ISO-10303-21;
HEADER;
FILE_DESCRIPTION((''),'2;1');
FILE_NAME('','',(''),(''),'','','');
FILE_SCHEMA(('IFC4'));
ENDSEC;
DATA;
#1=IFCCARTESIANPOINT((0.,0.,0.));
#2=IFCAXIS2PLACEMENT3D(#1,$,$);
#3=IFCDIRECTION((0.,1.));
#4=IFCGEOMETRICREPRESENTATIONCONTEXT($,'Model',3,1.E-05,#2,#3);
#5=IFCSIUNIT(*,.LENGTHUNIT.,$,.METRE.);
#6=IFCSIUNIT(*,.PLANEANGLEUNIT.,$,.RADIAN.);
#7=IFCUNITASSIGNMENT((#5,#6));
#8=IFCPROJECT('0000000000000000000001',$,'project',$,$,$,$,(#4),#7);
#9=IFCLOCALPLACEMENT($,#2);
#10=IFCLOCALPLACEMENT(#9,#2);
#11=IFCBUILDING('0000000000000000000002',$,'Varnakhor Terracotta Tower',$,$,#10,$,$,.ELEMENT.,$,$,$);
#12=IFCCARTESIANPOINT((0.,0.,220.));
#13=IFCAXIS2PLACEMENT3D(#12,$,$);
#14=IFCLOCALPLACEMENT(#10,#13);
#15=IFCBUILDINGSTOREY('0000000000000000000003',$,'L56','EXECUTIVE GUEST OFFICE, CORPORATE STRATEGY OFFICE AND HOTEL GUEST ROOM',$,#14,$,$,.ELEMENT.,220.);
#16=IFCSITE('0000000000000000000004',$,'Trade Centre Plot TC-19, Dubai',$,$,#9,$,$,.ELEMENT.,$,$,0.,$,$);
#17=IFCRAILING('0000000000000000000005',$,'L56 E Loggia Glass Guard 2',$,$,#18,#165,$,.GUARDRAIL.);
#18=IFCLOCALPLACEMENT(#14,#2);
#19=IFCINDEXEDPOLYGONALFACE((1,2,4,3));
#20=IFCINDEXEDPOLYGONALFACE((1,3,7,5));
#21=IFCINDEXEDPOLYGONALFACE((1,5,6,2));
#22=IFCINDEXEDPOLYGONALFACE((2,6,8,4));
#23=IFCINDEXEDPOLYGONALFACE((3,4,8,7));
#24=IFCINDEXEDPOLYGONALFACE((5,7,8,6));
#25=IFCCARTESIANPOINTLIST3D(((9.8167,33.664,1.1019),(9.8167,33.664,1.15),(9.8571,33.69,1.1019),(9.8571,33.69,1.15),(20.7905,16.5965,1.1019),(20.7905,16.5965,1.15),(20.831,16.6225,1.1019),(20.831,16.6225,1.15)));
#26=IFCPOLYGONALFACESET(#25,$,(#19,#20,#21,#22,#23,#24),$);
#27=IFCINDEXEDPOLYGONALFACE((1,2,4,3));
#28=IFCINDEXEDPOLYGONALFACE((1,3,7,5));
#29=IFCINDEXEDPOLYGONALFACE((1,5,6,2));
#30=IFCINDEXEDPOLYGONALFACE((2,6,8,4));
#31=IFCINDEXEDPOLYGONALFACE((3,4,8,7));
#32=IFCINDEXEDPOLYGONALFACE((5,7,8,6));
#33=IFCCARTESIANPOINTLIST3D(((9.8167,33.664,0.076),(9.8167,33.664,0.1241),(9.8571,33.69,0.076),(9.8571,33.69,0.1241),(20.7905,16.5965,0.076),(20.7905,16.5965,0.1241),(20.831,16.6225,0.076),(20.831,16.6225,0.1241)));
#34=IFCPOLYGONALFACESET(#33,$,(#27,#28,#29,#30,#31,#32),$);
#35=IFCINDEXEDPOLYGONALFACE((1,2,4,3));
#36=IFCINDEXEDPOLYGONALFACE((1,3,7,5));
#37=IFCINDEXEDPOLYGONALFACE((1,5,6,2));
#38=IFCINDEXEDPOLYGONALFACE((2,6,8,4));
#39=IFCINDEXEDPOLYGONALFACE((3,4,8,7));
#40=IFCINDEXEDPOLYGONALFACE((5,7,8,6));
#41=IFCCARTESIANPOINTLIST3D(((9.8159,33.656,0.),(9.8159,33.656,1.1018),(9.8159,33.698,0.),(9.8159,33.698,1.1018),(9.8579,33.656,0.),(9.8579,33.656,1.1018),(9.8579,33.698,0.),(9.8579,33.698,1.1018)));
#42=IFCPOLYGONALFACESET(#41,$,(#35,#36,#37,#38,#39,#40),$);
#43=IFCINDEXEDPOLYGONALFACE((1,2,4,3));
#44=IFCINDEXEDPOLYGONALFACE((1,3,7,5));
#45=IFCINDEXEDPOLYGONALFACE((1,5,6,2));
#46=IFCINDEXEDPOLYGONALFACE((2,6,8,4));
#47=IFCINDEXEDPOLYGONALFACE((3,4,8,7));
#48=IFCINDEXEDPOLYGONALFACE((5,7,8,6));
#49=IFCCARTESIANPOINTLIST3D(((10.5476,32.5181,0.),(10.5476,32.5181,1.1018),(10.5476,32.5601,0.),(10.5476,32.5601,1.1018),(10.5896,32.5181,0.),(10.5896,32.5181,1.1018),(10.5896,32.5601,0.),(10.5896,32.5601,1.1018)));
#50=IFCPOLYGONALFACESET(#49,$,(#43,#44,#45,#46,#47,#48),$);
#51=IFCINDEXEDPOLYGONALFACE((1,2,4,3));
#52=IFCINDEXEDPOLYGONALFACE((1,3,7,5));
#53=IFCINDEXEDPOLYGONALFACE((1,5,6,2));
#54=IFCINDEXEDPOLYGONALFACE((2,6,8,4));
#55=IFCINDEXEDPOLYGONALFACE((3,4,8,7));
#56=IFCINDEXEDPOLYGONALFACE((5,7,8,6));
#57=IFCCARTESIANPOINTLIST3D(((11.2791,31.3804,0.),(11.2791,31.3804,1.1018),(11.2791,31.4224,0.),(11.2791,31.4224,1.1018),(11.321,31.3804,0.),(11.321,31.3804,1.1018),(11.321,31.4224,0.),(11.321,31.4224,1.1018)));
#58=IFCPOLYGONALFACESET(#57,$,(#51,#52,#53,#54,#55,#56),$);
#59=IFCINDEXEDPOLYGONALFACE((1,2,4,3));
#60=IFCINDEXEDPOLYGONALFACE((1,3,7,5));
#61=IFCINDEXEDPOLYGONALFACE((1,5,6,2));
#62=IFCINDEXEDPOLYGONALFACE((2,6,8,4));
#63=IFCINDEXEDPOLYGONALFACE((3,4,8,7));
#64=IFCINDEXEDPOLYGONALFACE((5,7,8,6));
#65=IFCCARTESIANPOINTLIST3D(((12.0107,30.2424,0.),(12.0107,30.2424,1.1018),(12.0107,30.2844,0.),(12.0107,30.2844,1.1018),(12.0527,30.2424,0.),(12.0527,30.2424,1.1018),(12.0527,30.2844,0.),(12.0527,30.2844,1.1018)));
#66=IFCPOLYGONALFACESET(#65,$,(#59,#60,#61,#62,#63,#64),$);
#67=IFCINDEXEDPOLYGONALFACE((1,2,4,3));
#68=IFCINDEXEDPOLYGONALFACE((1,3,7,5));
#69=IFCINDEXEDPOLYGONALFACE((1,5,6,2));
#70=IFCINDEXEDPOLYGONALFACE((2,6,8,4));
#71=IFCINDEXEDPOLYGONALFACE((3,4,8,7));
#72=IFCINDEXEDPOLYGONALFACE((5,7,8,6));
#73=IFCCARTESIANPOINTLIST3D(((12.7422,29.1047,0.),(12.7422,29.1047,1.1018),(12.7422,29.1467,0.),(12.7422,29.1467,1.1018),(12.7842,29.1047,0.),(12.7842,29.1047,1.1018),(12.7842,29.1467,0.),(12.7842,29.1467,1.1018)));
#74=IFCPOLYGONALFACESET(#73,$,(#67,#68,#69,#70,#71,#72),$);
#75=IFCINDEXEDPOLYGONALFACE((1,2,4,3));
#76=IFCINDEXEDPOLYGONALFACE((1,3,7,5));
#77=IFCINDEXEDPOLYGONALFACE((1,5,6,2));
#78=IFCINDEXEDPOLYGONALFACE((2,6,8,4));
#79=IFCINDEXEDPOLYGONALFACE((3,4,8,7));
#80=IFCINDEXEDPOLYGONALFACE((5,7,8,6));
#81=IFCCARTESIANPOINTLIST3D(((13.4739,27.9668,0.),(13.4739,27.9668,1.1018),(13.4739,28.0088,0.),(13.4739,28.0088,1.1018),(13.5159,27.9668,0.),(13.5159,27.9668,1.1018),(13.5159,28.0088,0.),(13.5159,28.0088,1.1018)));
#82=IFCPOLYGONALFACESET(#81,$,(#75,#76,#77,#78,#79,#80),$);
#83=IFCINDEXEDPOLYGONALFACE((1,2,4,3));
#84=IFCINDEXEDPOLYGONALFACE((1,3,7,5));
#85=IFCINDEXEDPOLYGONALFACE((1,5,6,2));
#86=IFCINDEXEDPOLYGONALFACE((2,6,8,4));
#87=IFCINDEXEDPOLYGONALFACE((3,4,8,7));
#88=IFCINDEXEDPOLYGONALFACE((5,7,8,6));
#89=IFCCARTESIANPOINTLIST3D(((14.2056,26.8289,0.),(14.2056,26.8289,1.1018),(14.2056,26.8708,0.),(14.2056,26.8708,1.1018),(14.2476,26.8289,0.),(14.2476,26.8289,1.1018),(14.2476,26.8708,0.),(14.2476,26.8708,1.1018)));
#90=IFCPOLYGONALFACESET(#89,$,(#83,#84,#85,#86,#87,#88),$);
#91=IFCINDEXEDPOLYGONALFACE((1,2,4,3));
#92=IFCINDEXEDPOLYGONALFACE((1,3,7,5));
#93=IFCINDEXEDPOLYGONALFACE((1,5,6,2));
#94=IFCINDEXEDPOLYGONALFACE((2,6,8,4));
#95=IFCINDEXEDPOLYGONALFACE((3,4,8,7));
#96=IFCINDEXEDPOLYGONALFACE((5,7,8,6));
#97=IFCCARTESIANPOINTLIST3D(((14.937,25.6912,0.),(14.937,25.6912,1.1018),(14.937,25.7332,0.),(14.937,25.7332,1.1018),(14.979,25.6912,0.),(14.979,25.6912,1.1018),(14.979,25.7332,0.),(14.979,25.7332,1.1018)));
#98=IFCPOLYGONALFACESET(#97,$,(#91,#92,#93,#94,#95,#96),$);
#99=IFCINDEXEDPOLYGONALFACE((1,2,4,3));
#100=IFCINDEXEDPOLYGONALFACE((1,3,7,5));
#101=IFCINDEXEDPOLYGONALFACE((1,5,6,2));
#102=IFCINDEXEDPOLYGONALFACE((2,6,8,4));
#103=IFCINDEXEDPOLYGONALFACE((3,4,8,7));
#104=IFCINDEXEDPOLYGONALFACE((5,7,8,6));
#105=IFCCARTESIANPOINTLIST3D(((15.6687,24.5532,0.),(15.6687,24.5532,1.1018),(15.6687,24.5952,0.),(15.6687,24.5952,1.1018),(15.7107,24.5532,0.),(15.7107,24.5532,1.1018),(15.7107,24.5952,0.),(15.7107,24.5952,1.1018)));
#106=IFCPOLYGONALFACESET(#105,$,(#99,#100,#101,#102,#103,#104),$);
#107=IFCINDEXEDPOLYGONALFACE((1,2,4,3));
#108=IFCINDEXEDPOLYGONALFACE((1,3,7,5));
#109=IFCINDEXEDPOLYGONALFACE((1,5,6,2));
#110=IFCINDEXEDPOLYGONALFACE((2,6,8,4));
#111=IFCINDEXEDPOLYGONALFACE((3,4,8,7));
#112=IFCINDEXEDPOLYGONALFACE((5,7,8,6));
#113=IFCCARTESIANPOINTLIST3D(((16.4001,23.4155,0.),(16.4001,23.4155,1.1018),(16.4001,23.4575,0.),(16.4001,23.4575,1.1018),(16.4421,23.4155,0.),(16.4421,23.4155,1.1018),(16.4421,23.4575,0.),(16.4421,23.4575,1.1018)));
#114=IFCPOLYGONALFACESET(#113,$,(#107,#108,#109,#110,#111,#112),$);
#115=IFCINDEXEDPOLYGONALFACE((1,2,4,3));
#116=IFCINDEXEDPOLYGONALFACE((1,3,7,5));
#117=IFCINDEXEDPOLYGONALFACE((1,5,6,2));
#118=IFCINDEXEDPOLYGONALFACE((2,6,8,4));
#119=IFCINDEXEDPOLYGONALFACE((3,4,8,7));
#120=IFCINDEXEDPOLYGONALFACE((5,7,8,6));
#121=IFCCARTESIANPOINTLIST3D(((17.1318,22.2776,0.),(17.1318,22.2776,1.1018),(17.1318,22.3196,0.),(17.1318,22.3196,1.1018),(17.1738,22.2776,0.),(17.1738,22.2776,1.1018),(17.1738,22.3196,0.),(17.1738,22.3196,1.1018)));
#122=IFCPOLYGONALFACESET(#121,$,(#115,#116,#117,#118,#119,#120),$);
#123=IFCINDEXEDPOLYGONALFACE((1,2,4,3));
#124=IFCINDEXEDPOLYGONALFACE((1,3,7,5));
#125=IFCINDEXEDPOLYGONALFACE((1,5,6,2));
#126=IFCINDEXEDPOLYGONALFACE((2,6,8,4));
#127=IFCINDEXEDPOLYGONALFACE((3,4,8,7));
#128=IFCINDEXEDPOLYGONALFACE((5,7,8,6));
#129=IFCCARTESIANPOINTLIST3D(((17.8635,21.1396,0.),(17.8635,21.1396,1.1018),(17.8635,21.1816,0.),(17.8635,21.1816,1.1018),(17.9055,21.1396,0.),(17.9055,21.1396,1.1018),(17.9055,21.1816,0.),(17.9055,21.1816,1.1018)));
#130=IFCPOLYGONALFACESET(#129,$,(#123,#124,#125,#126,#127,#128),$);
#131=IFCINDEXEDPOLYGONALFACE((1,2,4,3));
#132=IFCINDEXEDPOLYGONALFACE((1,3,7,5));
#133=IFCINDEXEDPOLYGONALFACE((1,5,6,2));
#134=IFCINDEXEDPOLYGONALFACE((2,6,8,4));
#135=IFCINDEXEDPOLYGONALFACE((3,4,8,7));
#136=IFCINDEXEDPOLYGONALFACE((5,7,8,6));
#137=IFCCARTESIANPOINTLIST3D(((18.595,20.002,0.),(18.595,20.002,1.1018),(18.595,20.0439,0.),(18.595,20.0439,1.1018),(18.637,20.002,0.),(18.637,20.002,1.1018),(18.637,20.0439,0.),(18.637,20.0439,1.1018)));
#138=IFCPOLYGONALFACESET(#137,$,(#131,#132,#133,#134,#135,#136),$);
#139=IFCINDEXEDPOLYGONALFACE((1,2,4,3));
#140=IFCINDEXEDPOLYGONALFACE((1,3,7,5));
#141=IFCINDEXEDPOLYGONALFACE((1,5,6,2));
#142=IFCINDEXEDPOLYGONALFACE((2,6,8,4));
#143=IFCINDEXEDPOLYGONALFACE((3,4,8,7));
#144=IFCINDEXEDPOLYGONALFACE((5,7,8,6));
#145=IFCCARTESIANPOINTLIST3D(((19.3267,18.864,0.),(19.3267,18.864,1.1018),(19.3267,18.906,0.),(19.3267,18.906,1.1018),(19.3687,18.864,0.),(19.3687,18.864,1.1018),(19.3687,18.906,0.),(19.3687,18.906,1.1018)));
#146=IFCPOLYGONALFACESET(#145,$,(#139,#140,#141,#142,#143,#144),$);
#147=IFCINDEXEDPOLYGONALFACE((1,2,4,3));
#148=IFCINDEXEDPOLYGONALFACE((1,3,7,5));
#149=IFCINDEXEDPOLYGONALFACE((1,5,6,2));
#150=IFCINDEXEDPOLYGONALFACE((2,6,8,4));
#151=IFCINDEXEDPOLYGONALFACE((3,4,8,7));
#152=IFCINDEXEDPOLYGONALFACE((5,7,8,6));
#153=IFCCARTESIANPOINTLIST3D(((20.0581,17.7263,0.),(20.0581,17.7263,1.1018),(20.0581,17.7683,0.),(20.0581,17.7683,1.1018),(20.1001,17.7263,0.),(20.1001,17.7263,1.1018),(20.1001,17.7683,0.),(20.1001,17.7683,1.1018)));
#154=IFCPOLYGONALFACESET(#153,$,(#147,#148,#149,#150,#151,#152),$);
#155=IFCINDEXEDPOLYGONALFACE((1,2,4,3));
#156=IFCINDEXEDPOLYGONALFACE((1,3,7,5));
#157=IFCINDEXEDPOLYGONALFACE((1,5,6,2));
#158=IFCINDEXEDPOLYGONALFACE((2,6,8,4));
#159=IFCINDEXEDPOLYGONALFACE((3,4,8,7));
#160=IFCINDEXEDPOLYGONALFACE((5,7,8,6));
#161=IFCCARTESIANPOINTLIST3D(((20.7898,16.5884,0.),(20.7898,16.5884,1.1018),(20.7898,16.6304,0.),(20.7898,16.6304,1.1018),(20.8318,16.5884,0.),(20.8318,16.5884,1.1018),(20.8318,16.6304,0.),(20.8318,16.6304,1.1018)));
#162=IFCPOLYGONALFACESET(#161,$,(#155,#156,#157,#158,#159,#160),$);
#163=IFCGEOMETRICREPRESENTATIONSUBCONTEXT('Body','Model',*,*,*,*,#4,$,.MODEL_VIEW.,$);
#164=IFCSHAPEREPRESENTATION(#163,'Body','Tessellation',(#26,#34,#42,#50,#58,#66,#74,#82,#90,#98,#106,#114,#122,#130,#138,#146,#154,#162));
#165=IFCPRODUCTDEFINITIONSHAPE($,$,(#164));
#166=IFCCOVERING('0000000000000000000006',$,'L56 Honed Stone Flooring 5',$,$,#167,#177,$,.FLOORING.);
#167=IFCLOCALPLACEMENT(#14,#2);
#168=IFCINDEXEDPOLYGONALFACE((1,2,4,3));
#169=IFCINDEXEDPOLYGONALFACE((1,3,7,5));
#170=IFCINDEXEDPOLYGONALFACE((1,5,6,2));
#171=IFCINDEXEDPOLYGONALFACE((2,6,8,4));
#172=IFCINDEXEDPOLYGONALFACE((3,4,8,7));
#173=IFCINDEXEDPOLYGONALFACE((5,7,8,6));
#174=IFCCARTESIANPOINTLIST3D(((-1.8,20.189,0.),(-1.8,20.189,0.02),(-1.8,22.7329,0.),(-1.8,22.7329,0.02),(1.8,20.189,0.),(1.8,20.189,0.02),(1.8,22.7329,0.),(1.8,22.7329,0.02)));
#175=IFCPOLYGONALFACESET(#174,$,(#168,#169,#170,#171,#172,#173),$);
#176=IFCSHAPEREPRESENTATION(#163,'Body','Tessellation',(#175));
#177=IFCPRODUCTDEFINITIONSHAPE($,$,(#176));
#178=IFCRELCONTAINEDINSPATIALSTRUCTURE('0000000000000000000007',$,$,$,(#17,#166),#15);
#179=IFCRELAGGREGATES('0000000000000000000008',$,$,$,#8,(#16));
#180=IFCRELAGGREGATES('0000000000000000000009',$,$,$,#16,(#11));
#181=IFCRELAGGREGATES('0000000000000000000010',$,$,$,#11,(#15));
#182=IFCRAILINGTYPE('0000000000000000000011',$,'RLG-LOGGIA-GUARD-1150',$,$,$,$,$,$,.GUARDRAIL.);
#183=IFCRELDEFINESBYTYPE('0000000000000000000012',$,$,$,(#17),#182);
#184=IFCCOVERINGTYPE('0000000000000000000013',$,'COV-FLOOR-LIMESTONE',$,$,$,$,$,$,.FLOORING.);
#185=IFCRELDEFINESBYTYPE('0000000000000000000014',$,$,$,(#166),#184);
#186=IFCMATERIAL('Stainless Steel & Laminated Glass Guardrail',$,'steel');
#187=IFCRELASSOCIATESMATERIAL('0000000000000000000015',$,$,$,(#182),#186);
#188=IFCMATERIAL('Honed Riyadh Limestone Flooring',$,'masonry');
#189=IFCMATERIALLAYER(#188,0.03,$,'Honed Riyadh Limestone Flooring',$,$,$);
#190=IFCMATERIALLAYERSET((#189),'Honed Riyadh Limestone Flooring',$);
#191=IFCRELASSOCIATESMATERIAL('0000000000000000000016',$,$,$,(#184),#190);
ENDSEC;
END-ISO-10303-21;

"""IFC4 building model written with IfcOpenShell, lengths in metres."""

from ifc_helpers import new_model, si_unit, direction, frame, origin, origin_2d, place, context, subcontext, project, spatial, rectangle, extrude, source, transform, mapped, material, layer, layer_set, type_object, element, save


model = new_model("IFC4")

# Units and contexts
model_context = context("Model", 3, precision=1e-05, world=origin(), true_north=direction((0.0, 1.0)))
body_context = subcontext(model_context, "Body", "Model", "MODEL_VIEW")
ifc_project = project(units=[si_unit("LENGTHUNIT", "METRE"), si_unit("PLANEANGLEUNIT", "RADIAN")], contexts=[model_context])

# Site, building, storey
site_placement = place(None, origin())
site = spatial("IfcSite", under=ifc_project, at=site_placement, Name="Trade Centre Plot TC-19, Dubai", CompositionType="ELEMENT", RefElevation=0.0)
building_placement = place(site_placement, origin())
building = spatial("IfcBuilding", under=site, at=building_placement, Name="Varnakhor Terracotta Tower", CompositionType="ELEMENT")
storey_placement = place(building_placement, frame((0.0, 0.0, 220.0)))
storey = spatial("IfcBuildingStorey", under=building, at=storey_placement, Name="L56", Description="EXECUTIVE GUEST OFFICE, CORPORATE STRATEGY OFFICE AND HOTEL GUEST ROOM", CompositionType="ELEMENT", Elevation=220.0)

# Railing
ifc_material_1 = material(Name="Stainless Steel & Laminated Glass Guardrail", Category="steel")
railing_type = type_object("IfcRailingType", Name="RLG-LOGGIA-GUARD-1150", PredefinedType="GUARDRAIL", material=ifc_material_1)
railing_1_placement = place(storey_placement, frame((9.8369, 33.677, 0.0)))
element("IfcRailing", 1, at=railing_1_placement, inside=storey, type_object=railing_type, Name="L56 E Loggia Glass Guard 2", PredefinedType="GUARDRAIL", context=body_context, shape_type="SweptSolid", body=[
    extrude(rectangle(XDim=0.0481, YDim=0.0481, at=origin_2d()), frame((0.0, 0.0, 1.126), z_axis=(0.540821, -0.841137, 0.0), x_axis=(0.841137, 0.540821, 0.0)), (0.0, 0.0, 1.0), 20.291),
    extrude(rectangle(XDim=0.0481, YDim=0.0481, at=origin_2d()), frame((0.0, 0.0, 0.1001), z_axis=(0.540821, -0.841137, 0.0), x_axis=(0.841137, 0.540821, 0.0)), (0.0, 0.0, 1.0), 20.291),
    extrude(rectangle(XDim=0.042, YDim=0.042, at=origin_2d()), origin(), (0.0, 0.0, 1.0), 1.1018),
    extrude(rectangle(XDim=0.042, YDim=0.042, at=origin_2d()), frame((0.7317, -1.1379, 0.0)), (0.0, 0.0, 1.0), 1.1018),
    extrude(rectangle(XDim=0.042, YDim=0.042, at=origin_2d()), frame((1.4631, -2.2756, 0.0)), (0.0, 0.0, 1.0), 1.1018),
    extrude(rectangle(XDim=0.042, YDim=0.042, at=origin_2d()), frame((2.1948, -3.4136, 0.0)), (0.0, 0.0, 1.0), 1.1018),
    extrude(rectangle(XDim=0.042, YDim=0.042, at=origin_2d()), frame((2.9263, -4.5513, 0.0)), (0.0, 0.0, 1.0), 1.1018),
    extrude(rectangle(XDim=0.042, YDim=0.042, at=origin_2d()), frame((3.658, -5.6892, 0.0)), (0.0, 0.0, 1.0), 1.1018),
    extrude(rectangle(XDim=0.042, YDim=0.042, at=origin_2d()), frame((4.3896, -6.8271, 0.0)), (0.0, 0.0, 1.0), 1.1018),
    extrude(rectangle(XDim=0.042, YDim=0.042, at=origin_2d()), frame((5.1211, -7.9648, 0.0)), (0.0, 0.0, 1.0), 1.1018),
    extrude(rectangle(XDim=0.042, YDim=0.042, at=origin_2d()), frame((5.8528, -9.1028, 0.0)), (0.0, 0.0, 1.0), 1.1018),
    extrude(rectangle(XDim=0.042, YDim=0.042, at=origin_2d()), frame((6.5842, -10.2405, 0.0)), (0.0, 0.0, 1.0), 1.1018),
    extrude(rectangle(XDim=0.042, YDim=0.042, at=origin_2d()), frame((7.3159, -11.3784, 0.0)), (0.0, 0.0, 1.0), 1.1018),
    extrude(rectangle(XDim=0.042, YDim=0.042, at=origin_2d()), frame((8.0476, -12.5164, 0.0)), (0.0, 0.0, 1.0), 1.1018),
    extrude(rectangle(XDim=0.042, YDim=0.042, at=origin_2d()), frame((8.7791, -13.6541, 0.0)), (0.0, 0.0, 1.0), 1.1018),
    extrude(rectangle(XDim=0.042, YDim=0.042, at=origin_2d()), frame((9.5107, -14.792, 0.0)), (0.0, 0.0, 1.0), 1.1018),
    extrude(rectangle(XDim=0.042, YDim=0.042, at=origin_2d()), frame((10.2422, -15.9297, 0.0)), (0.0, 0.0, 1.0), 1.1018),
    extrude(rectangle(XDim=0.042, YDim=0.042, at=origin_2d()), frame((10.9739, -17.0676, 0.0)), (0.0, 0.0, 1.0), 1.1018),
])

# Covering
ifc_material_2 = material(Name="Honed Riyadh Limestone Flooring", Category="masonry")
ifc_layer_1 = layer(ifc_material_2, 0.03, Name="Honed Riyadh Limestone Flooring")
ifc_layer_set_1 = layer_set([ifc_layer_1], Name="Honed Riyadh Limestone Flooring")
covering_type = type_object("IfcCoveringType", Name="COV-FLOOR-LIMESTONE", PredefinedType="FLOORING", material=ifc_layer_set_1)
shared_shape_1 = source(origin(), body_context, "Body", "SweptSolid", [
    extrude(rectangle(XDim=3.6001, YDim=2.5439, at=origin_2d()), origin(), (0.0, 0.0, 1.0), 0.02),
])
covering_placement = place(storey_placement, frame((0.0, 21.4609, 0.0), z_axis=(0.0, 0.0, 1.0), x_axis=(1.0, 0.0, 0.0)))
element("IfcCovering", 2, at=covering_placement, inside=storey, type_object=covering_type, Name="L56 Honed Stone Flooring 5", PredefinedType="FLOORING", context=body_context, shape_type="MappedRepresentation", body=[
    mapped(shared_shape_1, transform((0.0, 0.0, 0.0), scale=1.0)),
])

save(model, "model.ifc")
